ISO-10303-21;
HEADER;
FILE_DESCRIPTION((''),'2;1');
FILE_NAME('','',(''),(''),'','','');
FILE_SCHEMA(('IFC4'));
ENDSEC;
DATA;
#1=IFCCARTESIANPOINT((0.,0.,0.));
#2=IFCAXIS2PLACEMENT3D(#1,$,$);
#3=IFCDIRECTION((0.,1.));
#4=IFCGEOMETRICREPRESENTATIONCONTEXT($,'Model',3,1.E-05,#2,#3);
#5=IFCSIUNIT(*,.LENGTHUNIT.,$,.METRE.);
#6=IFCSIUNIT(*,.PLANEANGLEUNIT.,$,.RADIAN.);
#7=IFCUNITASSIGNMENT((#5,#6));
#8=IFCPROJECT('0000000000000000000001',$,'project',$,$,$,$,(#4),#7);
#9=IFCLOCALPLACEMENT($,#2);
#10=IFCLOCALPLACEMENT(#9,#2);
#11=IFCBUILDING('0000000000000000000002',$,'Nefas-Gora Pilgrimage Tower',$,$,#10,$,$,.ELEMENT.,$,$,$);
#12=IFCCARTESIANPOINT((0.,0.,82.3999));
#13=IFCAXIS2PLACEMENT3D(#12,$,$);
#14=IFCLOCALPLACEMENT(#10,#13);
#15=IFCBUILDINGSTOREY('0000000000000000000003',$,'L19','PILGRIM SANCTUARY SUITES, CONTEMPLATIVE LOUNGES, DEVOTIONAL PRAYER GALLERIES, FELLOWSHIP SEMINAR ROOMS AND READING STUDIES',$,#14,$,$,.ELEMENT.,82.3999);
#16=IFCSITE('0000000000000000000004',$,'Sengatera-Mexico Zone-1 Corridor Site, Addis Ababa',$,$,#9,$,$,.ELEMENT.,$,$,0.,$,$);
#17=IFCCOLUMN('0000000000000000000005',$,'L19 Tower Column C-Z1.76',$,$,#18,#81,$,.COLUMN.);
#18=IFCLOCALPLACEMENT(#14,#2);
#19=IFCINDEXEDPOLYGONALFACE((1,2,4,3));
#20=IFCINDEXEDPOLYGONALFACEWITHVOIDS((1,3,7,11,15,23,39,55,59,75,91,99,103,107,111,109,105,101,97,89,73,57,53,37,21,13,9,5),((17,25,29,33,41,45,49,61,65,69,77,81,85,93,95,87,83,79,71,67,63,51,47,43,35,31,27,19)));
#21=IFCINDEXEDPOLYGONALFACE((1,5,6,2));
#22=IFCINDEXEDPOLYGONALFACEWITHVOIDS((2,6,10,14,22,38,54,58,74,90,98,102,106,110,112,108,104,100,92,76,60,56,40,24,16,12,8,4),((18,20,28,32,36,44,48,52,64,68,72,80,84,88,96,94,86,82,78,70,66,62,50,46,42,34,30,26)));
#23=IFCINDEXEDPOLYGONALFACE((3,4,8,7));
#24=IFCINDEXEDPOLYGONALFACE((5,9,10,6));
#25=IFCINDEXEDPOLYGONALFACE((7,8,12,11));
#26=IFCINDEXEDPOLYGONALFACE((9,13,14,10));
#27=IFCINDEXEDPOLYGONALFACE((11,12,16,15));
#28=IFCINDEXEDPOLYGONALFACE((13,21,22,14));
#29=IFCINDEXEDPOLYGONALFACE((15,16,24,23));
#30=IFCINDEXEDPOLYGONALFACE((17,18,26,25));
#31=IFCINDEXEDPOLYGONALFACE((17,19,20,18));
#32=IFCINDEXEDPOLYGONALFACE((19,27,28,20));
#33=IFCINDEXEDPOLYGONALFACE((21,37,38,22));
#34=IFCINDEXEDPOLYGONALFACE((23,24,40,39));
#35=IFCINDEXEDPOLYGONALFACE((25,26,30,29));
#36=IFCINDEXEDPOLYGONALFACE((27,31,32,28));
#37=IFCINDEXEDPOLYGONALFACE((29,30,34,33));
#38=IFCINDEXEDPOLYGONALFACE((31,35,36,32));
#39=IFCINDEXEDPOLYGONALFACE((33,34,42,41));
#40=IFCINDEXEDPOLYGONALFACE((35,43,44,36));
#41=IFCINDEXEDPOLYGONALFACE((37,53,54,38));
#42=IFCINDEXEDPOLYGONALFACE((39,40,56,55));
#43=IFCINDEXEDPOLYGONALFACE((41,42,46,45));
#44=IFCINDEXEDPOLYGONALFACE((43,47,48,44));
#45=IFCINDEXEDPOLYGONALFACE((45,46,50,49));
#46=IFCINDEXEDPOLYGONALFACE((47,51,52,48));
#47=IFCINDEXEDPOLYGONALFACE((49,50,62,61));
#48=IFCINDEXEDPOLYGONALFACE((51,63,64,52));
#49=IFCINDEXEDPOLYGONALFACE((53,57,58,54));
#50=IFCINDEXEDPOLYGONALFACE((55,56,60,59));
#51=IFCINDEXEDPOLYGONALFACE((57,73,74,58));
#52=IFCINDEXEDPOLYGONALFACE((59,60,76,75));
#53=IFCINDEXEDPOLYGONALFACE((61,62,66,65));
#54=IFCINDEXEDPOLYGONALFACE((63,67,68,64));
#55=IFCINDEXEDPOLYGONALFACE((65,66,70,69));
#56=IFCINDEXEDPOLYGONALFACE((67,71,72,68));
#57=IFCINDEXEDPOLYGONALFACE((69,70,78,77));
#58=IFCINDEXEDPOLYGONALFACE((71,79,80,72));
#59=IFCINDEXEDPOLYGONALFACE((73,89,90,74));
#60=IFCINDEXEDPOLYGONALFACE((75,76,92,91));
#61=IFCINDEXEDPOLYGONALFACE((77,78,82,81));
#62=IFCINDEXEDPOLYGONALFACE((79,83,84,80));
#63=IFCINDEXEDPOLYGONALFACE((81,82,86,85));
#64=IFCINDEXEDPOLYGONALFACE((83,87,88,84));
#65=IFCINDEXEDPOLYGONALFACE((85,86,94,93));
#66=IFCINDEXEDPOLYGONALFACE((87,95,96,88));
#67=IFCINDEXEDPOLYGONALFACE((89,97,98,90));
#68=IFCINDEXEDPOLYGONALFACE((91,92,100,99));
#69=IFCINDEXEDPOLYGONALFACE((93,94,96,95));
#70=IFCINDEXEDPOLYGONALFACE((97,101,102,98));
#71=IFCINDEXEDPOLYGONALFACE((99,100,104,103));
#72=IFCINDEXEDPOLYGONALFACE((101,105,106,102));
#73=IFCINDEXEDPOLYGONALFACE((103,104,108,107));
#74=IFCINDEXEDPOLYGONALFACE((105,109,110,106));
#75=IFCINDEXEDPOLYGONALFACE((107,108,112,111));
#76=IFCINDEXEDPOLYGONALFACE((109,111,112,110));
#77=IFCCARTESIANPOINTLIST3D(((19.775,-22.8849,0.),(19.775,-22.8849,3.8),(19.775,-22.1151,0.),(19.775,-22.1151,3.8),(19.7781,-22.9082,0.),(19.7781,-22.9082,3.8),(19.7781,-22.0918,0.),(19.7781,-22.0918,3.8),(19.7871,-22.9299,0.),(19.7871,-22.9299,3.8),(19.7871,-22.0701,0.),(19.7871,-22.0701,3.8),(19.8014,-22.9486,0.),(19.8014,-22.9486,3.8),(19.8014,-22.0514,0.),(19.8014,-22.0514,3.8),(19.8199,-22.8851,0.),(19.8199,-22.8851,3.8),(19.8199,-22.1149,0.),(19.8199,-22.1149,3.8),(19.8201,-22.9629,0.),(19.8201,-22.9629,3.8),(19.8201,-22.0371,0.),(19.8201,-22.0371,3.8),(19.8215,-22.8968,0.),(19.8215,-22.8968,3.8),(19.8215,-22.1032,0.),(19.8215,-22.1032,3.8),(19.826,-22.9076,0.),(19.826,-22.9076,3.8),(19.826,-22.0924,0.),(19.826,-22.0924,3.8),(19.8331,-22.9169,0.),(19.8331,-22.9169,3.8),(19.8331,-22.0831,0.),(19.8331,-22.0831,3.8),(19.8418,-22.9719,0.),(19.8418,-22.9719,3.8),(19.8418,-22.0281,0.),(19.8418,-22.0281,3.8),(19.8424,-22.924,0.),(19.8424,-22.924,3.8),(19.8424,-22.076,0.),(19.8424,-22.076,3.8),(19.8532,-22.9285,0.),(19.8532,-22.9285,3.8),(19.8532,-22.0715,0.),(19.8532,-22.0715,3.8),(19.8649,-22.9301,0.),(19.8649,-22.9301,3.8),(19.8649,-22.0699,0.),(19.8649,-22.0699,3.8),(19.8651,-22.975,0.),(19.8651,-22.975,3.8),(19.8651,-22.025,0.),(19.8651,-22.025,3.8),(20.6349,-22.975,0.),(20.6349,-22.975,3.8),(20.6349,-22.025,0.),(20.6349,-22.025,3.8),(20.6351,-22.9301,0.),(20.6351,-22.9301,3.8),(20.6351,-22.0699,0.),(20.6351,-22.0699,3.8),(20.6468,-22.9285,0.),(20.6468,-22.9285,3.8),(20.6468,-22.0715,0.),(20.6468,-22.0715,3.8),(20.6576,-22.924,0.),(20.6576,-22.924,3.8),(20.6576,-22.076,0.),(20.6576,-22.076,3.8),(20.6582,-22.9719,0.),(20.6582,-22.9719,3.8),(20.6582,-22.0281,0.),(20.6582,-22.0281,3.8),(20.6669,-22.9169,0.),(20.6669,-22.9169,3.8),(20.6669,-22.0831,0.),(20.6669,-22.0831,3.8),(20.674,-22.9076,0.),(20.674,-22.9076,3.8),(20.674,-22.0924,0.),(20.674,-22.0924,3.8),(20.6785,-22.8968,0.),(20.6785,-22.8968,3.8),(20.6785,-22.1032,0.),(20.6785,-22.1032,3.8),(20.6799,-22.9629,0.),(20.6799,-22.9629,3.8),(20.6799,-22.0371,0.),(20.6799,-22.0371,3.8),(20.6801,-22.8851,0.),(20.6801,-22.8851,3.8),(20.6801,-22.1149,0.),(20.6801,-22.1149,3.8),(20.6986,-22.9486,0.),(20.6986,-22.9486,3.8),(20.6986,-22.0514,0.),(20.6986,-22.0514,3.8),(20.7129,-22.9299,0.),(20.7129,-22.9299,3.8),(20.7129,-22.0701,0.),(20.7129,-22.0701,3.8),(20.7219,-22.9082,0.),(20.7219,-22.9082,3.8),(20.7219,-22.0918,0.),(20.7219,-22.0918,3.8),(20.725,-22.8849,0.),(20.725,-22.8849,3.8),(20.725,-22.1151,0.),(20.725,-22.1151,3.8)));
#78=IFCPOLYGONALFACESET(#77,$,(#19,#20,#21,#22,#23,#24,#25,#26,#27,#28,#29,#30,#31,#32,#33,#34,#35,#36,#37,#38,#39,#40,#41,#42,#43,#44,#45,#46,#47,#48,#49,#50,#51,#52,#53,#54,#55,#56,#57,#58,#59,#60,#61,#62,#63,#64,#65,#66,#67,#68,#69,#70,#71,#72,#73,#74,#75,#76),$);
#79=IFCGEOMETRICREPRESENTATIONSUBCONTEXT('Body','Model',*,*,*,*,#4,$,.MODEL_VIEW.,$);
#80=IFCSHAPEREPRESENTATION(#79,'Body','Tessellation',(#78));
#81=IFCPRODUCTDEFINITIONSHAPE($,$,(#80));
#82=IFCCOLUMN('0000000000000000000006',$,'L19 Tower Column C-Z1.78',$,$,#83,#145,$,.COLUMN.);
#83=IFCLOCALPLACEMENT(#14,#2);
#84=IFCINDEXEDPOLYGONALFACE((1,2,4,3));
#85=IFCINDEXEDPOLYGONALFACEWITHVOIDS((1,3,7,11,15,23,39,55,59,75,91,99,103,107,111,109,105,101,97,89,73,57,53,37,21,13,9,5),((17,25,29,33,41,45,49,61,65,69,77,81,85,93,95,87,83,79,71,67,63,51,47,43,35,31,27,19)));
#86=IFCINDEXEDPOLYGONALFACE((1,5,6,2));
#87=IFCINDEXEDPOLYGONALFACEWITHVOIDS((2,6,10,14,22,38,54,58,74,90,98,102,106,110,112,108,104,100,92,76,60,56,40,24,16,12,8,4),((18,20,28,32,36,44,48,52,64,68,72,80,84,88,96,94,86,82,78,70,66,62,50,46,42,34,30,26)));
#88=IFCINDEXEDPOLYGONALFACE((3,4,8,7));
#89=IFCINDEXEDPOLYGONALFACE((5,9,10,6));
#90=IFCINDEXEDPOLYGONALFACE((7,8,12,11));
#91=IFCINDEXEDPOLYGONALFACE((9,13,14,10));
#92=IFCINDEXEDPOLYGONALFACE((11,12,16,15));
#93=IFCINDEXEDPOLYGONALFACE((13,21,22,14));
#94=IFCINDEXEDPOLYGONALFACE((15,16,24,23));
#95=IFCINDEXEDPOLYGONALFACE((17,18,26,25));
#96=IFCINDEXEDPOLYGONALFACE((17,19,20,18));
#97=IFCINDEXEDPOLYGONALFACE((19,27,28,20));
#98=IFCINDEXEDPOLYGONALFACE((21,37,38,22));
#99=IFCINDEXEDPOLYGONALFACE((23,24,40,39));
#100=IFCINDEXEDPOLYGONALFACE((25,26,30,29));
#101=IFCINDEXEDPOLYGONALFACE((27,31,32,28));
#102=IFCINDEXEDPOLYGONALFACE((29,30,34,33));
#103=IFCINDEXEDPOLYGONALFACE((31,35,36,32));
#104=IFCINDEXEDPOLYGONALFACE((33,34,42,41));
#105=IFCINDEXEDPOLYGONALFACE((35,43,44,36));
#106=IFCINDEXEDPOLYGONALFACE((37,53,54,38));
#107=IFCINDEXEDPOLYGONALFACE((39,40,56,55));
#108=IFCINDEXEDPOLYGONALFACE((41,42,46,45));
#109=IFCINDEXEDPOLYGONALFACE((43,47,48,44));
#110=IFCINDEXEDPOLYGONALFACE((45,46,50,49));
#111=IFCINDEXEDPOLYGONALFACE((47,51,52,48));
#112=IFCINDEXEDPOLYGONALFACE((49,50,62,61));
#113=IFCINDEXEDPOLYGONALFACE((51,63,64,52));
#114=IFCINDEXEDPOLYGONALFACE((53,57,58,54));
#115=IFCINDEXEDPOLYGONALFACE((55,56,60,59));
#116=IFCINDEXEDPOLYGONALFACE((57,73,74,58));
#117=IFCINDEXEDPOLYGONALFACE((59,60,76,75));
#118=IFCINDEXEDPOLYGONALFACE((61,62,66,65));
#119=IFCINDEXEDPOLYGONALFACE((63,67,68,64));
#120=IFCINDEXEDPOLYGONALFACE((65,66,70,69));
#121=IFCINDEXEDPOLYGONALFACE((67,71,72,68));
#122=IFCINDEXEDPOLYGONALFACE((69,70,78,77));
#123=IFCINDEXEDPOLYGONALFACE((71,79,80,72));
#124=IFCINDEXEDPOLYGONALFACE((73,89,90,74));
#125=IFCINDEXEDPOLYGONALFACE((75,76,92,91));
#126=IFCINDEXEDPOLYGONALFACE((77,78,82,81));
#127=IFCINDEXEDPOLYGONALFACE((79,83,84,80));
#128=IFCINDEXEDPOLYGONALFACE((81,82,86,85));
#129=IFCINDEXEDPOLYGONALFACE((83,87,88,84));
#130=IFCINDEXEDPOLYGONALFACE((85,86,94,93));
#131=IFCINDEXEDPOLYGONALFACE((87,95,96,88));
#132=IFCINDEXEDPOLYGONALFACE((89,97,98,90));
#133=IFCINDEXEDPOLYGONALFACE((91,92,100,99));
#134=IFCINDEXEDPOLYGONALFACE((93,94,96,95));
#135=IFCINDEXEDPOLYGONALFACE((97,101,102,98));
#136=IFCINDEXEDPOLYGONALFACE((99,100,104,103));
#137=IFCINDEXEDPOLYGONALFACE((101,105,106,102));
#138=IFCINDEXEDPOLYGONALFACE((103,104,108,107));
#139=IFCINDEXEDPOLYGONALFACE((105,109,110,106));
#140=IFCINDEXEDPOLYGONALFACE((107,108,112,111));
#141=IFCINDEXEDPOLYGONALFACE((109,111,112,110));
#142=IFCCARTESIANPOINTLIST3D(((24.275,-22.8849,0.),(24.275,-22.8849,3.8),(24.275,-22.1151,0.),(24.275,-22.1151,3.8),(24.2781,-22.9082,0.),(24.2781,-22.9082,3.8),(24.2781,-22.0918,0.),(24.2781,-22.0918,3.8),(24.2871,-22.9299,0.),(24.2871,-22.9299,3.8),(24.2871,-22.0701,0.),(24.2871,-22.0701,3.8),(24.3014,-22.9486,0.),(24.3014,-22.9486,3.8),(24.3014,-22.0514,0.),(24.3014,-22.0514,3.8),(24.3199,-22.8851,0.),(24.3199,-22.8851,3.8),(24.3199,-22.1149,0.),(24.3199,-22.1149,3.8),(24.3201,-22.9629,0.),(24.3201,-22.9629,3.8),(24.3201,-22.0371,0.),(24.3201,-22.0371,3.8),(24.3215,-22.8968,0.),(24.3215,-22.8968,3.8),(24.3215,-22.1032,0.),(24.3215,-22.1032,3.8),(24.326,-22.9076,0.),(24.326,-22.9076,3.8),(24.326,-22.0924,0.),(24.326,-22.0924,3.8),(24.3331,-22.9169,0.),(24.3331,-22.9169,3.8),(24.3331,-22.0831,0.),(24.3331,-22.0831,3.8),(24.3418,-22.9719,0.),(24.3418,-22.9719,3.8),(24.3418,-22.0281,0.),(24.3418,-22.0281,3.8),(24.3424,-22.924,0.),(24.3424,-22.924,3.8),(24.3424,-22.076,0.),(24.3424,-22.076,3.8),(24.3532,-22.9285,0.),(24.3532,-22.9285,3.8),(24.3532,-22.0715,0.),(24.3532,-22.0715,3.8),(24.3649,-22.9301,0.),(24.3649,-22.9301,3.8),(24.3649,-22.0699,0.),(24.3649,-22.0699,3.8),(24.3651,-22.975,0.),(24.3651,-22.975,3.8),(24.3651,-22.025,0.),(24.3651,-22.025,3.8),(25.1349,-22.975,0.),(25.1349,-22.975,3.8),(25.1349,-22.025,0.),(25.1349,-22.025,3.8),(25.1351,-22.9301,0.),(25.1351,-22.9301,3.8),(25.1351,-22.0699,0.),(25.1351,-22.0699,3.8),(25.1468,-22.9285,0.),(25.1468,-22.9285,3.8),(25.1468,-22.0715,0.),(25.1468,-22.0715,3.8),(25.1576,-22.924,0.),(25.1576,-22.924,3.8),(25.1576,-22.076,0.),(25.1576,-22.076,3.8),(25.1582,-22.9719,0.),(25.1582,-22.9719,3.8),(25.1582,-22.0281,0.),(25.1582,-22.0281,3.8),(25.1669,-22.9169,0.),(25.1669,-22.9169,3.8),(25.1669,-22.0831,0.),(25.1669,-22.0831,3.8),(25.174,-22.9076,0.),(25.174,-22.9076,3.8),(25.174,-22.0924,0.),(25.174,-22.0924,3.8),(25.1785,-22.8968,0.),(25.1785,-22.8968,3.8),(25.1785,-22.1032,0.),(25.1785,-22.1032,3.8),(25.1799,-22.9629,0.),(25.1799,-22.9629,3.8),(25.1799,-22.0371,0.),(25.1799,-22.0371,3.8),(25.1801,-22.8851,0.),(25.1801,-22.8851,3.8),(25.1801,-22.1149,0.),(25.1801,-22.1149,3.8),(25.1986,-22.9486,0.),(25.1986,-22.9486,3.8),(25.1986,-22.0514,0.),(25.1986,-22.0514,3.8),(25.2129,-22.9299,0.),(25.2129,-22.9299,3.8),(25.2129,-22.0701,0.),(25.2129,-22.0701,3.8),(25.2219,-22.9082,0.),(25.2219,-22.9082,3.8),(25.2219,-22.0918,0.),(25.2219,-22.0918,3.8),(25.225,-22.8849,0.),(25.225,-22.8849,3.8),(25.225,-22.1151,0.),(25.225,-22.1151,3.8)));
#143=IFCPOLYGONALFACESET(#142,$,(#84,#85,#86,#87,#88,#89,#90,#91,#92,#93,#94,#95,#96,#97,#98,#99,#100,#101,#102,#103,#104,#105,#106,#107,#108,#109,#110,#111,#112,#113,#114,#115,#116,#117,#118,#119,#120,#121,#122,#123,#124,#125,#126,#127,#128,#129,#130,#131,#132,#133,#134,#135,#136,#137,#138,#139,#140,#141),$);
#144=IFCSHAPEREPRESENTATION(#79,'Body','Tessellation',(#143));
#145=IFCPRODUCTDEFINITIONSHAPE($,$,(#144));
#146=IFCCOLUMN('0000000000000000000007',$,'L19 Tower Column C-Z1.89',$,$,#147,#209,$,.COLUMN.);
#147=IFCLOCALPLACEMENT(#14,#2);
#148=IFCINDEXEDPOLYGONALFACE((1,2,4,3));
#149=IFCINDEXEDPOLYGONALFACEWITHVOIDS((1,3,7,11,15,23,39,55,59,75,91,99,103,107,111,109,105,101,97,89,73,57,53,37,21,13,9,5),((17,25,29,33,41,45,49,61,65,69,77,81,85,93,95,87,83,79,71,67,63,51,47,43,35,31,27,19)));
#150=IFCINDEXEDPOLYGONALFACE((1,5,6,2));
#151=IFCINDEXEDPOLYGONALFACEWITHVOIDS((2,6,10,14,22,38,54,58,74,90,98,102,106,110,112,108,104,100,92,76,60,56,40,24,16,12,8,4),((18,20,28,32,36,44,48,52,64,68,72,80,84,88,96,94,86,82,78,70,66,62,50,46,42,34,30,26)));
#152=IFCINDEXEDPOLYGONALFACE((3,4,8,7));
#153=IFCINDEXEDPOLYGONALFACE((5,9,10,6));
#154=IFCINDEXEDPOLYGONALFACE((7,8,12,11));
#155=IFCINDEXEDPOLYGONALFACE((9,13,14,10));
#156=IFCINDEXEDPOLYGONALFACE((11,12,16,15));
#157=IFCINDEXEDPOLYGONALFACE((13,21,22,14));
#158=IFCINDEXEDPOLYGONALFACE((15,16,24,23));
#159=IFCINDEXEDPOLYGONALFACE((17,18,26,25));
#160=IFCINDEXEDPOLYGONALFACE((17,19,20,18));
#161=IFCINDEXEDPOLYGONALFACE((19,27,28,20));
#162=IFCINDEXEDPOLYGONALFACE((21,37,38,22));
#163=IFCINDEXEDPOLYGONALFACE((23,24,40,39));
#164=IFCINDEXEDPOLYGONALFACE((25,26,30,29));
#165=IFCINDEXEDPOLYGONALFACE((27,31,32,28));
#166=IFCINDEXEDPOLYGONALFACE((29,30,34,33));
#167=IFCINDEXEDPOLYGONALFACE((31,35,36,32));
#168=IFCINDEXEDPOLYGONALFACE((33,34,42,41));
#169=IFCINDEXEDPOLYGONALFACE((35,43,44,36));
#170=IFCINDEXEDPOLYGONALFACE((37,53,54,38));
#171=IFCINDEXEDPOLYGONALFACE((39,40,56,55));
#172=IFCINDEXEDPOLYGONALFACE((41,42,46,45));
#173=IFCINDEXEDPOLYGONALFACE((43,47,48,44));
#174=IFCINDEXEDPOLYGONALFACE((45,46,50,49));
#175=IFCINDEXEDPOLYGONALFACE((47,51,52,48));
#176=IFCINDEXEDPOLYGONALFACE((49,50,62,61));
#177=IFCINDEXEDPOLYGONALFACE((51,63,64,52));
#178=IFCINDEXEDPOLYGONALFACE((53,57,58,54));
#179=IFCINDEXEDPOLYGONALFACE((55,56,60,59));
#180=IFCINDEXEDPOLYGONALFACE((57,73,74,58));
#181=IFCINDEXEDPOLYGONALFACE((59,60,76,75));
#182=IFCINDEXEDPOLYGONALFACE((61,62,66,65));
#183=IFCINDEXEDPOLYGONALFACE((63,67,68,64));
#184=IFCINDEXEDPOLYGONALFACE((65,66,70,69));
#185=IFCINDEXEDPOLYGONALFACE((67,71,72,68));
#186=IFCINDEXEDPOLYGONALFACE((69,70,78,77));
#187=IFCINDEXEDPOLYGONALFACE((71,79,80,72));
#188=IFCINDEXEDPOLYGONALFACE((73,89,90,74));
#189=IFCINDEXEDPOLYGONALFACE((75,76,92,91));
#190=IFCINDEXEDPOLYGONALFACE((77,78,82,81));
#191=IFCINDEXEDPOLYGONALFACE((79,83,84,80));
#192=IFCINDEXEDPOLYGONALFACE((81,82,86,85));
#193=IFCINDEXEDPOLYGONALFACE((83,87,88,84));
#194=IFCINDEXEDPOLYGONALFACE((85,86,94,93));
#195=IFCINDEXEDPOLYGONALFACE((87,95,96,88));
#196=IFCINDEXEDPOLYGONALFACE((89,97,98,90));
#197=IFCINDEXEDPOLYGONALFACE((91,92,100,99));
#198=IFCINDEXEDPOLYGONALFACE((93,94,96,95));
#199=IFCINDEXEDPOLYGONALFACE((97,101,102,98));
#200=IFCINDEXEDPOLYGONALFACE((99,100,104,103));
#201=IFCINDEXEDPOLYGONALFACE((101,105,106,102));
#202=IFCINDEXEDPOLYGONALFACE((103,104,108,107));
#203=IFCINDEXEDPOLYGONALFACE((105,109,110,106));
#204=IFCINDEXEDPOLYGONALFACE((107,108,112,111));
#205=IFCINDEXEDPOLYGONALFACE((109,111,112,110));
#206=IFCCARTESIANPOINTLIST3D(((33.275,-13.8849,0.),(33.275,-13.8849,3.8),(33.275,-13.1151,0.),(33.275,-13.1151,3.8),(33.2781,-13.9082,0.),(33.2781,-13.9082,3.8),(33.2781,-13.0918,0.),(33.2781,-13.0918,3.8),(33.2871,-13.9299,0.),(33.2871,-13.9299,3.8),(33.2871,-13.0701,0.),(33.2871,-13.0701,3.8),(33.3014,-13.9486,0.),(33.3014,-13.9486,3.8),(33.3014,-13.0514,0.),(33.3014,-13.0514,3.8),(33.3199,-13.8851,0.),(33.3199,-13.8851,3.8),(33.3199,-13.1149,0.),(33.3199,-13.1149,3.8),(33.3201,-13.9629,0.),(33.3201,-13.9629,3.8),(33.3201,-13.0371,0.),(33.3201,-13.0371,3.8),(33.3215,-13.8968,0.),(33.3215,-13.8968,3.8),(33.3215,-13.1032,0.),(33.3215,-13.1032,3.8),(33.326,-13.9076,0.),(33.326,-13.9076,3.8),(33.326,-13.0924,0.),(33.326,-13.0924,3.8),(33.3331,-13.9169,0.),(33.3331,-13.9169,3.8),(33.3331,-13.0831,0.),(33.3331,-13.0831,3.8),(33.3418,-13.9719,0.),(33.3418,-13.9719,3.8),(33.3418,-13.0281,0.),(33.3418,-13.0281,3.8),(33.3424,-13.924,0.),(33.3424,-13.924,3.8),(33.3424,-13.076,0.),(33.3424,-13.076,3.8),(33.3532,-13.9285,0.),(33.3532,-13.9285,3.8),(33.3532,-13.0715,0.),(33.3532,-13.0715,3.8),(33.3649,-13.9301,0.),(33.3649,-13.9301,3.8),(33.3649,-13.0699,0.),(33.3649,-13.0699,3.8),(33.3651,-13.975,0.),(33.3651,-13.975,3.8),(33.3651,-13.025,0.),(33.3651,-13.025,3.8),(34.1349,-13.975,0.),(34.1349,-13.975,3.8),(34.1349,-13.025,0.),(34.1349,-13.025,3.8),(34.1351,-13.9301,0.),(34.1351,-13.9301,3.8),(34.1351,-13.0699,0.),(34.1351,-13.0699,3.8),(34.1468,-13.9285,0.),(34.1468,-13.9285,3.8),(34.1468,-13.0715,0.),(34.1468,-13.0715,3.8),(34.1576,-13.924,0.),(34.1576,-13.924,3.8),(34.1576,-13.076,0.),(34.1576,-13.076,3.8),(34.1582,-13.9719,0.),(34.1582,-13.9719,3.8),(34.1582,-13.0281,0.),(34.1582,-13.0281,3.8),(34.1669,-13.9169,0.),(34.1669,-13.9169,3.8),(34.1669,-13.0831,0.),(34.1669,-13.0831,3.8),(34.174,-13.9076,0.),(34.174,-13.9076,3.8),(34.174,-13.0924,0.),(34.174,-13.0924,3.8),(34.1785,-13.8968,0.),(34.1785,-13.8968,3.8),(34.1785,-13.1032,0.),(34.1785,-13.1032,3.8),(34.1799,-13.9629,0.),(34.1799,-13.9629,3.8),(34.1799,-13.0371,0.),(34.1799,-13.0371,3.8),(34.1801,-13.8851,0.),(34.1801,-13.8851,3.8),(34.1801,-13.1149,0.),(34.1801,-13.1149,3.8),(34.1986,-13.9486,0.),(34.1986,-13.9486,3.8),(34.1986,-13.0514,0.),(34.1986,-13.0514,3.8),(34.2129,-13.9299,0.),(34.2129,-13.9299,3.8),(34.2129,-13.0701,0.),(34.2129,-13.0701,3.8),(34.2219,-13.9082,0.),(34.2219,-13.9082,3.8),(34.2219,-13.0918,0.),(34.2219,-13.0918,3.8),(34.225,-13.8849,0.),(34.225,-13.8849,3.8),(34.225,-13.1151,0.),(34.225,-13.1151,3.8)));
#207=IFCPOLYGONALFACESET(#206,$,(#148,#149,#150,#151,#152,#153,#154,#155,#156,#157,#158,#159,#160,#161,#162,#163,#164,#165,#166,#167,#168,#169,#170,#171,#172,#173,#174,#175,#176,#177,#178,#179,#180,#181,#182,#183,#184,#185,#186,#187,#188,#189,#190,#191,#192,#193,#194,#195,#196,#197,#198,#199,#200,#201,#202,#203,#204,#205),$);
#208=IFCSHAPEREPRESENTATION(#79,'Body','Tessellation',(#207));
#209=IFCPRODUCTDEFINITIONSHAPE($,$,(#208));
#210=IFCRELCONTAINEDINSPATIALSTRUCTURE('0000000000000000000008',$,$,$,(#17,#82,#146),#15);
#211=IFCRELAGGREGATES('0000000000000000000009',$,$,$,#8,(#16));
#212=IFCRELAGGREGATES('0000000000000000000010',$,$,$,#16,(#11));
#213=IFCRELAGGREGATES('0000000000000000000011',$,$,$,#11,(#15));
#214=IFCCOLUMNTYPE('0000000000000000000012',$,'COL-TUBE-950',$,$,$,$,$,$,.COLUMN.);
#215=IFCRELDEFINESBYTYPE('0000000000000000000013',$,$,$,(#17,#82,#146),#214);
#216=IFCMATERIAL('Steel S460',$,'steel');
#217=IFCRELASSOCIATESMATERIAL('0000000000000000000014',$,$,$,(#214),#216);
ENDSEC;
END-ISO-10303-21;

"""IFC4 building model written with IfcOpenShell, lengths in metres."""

from ifc_helpers import new_model, si_unit, direction, frame, origin, origin_2d, place, context, subcontext, project, spatial, hollow_rectangle, extrude, source, transform, mapped, material, material_profile, profile_set, type_object, element, save


model = new_model("IFC4")

# Units and contexts
model_context = context("Model", 3, precision=1e-05, world=origin(), true_north=direction((0.0, 1.0)))
body_context = subcontext(model_context, "Body", "Model", "MODEL_VIEW")
ifc_project = project(units=[si_unit("LENGTHUNIT", "METRE"), si_unit("PLANEANGLEUNIT", "RADIAN")], contexts=[model_context])

# Site, building, storey
site_placement = place(None, origin())
site = spatial("IfcSite", under=ifc_project, at=site_placement, Name="Sengatera-Mexico Zone-1 Corridor Site, Addis Ababa", CompositionType="ELEMENT", RefElevation=0.0)
building_placement = place(site_placement, origin())
building = spatial("IfcBuilding", under=site, at=building_placement, Name="Nefas-Gora Pilgrimage Tower", CompositionType="ELEMENT")
storey_placement = place(building_placement, frame((0.0, 0.0, 82.3999)))
storey = spatial("IfcBuildingStorey", under=building, at=storey_placement, Name="L19", Description="PILGRIM SANCTUARY SUITES, CONTEMPLATIVE LOUNGES, DEVOTIONAL PRAYER GALLERIES, FELLOWSHIP SEMINAR ROOMS AND READING STUDIES", CompositionType="ELEMENT", Elevation=82.3999)

# Columns
ifc_material_1 = material(Name="Steel S460", Category="steel")
ifc_material_profile_1 = material_profile(ifc_material_1, hollow_rectangle(XDim=0.95, YDim=0.95, WallThickness=0.0449, InnerFilletRadius=0.0449, OuterFilletRadius=0.0901, at=origin_2d()), Name="BOX 950x950x45")
ifc_profile_set_1 = profile_set([ifc_material_profile_1], Name="Steel S460")
column_type_1 = type_object("IfcColumnType", Name="COL-TUBE-950", PredefinedType="COLUMN", material=ifc_profile_set_1)
shared_shape_1 = source(origin(), body_context, "Body", "SweptSolid", [
    extrude(hollow_rectangle(XDim=0.95, YDim=0.95, WallThickness=0.0449, InnerFilletRadius=0.0449, OuterFilletRadius=0.0901, at=origin_2d()), origin(), (0.0, 0.0, 1.0), 3.8),
])
for number, where, z_axis, x_axis, name in (
    (1, (20.25, -22.5, 0.0), (0.0, 0.0, 1.0), (1.0, 0.0, 0.0), "L19 Tower Column C-Z1.76"),
    (2, (24.75, -22.5, 0.0), (0.0, 0.0, 1.0), (1.0, 0.0, 0.0), "L19 Tower Column C-Z1.78"),
    (3, (33.75, -13.5, 0.0), (0.0, 0.0, 1.0), (1.0, 0.0, 0.0), "L19 Tower Column C-Z1.89"),
):
    element("IfcColumn", number, at=place(storey_placement, frame(where, z_axis=z_axis, x_axis=x_axis)), inside=storey, type_object=column_type_1, Name=name, PredefinedType="COLUMN", context=body_context, shape_type="MappedRepresentation", body=[
        mapped(shared_shape_1, transform((0.0, 0.0, 0.0), x_axis=(1.0, 0.0, 0.0), y_axis=(0.0, 1.0, 0.0), z_axis=(0.0, 0.0, 1.0), scale=1.0)),
    ])

save(model, "model.ifc")
